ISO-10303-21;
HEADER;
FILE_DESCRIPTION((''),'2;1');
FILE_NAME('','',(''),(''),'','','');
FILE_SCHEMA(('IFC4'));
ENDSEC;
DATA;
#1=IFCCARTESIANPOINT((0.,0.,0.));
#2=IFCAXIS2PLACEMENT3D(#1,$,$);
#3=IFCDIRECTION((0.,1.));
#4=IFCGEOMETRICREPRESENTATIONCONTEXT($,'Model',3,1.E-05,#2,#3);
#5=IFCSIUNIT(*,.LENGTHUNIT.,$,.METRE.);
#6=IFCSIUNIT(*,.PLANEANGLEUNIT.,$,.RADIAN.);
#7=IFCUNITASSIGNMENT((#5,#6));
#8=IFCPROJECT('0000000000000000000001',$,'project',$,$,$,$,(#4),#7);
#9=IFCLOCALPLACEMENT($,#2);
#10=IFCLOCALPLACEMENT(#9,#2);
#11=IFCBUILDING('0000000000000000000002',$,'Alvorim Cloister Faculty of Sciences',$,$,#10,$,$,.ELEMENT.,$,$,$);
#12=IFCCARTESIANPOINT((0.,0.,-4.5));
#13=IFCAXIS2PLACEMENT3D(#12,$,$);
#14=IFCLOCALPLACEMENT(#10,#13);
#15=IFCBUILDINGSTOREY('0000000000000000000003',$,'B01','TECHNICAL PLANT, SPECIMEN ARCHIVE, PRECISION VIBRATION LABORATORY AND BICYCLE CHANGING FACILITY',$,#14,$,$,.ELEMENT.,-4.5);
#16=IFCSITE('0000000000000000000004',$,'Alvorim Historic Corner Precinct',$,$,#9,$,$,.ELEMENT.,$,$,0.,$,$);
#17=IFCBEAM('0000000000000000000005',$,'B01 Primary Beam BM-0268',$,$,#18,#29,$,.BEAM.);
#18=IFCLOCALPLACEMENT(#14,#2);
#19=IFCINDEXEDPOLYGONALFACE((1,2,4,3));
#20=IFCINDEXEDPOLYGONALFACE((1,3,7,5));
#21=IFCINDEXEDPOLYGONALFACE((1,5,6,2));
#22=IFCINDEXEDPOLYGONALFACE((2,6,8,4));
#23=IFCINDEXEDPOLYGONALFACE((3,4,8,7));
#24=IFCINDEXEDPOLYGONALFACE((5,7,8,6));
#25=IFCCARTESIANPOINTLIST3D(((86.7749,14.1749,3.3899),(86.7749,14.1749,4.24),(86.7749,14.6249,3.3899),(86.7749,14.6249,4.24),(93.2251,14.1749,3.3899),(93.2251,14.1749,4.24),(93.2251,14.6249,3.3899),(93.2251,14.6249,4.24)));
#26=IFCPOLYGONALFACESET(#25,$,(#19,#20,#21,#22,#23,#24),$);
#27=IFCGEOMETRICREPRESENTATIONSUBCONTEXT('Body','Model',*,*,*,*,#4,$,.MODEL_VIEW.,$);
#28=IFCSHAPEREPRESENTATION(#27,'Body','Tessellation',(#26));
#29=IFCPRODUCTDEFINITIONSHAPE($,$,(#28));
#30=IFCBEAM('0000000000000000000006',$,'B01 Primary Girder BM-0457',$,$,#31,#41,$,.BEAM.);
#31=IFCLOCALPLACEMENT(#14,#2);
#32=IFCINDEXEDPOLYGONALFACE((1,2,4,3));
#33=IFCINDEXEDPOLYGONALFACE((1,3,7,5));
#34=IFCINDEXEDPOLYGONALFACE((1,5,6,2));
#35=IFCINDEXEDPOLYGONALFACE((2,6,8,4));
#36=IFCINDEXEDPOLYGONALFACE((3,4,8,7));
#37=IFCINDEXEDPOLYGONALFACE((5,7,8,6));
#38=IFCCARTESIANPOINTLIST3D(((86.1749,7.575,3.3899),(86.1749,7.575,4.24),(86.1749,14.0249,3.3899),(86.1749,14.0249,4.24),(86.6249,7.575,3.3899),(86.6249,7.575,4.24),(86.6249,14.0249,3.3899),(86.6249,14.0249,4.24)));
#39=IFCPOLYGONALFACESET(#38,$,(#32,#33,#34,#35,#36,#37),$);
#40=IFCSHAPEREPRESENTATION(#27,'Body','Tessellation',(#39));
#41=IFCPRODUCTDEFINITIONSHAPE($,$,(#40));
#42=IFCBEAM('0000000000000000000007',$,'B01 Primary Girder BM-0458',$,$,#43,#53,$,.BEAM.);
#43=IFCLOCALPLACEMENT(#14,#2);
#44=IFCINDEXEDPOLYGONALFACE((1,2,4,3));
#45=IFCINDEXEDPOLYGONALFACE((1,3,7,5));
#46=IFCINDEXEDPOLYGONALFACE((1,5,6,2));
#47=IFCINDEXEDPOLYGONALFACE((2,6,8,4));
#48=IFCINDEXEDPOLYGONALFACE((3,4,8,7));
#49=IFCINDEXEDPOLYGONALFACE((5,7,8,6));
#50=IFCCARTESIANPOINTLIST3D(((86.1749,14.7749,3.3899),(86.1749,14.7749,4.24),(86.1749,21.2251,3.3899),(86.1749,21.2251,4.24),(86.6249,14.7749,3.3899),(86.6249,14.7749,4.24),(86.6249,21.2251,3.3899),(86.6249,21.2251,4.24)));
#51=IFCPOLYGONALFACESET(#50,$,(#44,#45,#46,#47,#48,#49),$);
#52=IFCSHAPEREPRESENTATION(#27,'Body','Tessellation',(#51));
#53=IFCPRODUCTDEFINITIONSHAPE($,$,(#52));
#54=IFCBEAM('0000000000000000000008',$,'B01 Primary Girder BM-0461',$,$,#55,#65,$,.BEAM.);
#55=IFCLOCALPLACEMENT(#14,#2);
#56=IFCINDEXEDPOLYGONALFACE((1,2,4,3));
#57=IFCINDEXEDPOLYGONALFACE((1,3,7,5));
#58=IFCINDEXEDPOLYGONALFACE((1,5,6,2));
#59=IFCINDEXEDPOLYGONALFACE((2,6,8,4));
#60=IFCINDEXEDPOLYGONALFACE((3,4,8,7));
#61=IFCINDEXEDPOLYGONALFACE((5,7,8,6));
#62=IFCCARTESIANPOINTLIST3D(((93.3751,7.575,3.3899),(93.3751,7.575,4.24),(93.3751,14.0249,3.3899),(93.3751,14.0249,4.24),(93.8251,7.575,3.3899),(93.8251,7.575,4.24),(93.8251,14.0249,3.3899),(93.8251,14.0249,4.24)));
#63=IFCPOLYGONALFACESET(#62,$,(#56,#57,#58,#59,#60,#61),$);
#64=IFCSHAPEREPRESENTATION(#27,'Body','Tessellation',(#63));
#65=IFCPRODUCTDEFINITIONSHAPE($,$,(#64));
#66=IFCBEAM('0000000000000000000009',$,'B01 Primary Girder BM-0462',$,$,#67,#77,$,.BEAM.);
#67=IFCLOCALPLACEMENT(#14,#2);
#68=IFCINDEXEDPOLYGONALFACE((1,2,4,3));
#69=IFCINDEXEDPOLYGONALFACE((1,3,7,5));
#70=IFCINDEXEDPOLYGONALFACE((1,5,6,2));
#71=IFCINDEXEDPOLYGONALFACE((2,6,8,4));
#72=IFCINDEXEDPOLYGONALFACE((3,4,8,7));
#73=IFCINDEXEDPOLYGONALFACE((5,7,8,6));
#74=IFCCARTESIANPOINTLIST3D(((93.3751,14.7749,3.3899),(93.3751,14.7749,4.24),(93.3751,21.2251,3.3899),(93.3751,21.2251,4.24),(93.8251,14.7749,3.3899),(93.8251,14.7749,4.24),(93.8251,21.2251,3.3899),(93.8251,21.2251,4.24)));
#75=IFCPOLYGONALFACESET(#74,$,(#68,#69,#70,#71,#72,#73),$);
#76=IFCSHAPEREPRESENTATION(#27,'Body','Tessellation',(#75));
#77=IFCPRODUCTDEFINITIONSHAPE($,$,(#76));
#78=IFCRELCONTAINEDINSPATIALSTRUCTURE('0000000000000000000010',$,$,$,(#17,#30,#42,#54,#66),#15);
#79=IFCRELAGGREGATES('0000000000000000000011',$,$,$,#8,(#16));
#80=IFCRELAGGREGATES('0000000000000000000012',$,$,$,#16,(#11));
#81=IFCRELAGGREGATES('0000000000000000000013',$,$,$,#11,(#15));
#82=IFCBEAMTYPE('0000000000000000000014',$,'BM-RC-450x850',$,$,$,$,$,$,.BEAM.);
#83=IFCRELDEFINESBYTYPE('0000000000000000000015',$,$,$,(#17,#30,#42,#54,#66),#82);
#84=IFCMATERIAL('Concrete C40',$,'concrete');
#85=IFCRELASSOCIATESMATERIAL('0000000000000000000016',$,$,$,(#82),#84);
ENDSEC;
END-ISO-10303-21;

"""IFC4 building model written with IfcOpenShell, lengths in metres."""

from ifc_helpers import new_model, si_unit, direction, frame, origin, origin_2d, place, context, subcontext, project, spatial, rectangle, extrude, material, material_profile, profile_set, type_object, element, save


model = new_model("IFC4")

# Units and contexts
model_context = context("Model", 3, precision=1e-05, world=origin(), true_north=direction((0.0, 1.0)))
body_context = subcontext(model_context, "Body", "Model", "MODEL_VIEW")
ifc_project = project(units=[si_unit("LENGTHUNIT", "METRE"), si_unit("PLANEANGLEUNIT", "RADIAN")], contexts=[model_context])

# Site, building, storey
site_placement = place(None, origin())
site = spatial("IfcSite", under=ifc_project, at=site_placement, Name="Alvorim Historic Corner Precinct", CompositionType="ELEMENT", RefElevation=0.0)
building_placement = place(site_placement, origin())
building = spatial("IfcBuilding", under=site, at=building_placement, Name="Alvorim Cloister Faculty of Sciences", CompositionType="ELEMENT")
storey_placement = place(building_placement, frame((0.0, 0.0, -4.5)))
storey = spatial("IfcBuildingStorey", under=building, at=storey_placement, Name="B01", Description="TECHNICAL PLANT, SPECIMEN ARCHIVE, PRECISION VIBRATION LABORATORY AND BICYCLE CHANGING FACILITY", CompositionType="ELEMENT", Elevation=-4.5)

# Shared definitions
ifc_material_1 = material(Name="Concrete C40", Category="concrete")

# Beams
ifc_material_profile_1 = material_profile(ifc_material_1, rectangle(XDim=0.45, YDim=0.8501, at=origin_2d()), Name="RC40-BM-450x850")
ifc_profile_set_1 = profile_set([ifc_material_profile_1], Name="Concrete C40")
beam_type_1 = type_object("IfcBeamType", Name="BM-RC-450x850", PredefinedType="BEAM", material=ifc_profile_set_1)
beam_1_placement = place(storey_placement, frame((86.7749, 14.3999, 3.8149), z_axis=(1.0, 0.0, 0.0), x_axis=(0.0, 1.0, 0.0)))
element("IfcBeam", 1, at=beam_1_placement, inside=storey, type_object=beam_type_1, Name="B01 Primary Beam BM-0268", PredefinedType="BEAM", context=body_context, shape_type="SweptSolid", body=[
    extrude(rectangle(XDim=0.45, YDim=0.8501, at=origin_2d()), origin(), (0.0, 0.0, 1.0), 6.4502),
])
beam_2_placement = place(storey_placement, frame((86.3999, 7.575, 3.8149), z_axis=(0.0, 1.0, 0.0), x_axis=(-1.0, 0.0, 0.0)))
element("IfcBeam", 2, at=beam_2_placement, inside=storey, type_object=beam_type_1, Name="B01 Primary Girder BM-0457", PredefinedType="BEAM", context=body_context, shape_type="SweptSolid", body=[
    extrude(rectangle(XDim=0.45, YDim=0.8501, at=origin_2d()), origin(), (0.0, 0.0, 1.0), 6.45),
])
beam_3_placement = place(storey_placement, frame((86.3999, 14.7749, 3.8149), z_axis=(0.0, 1.0, 0.0), x_axis=(-1.0, 0.0, 0.0)))
element("IfcBeam", 3, at=beam_3_placement, inside=storey, type_object=beam_type_1, Name="B01 Primary Girder BM-0458", PredefinedType="BEAM", context=body_context, shape_type="SweptSolid", body=[
    extrude(rectangle(XDim=0.45, YDim=0.8501, at=origin_2d()), origin(), (0.0, 0.0, 1.0), 6.4502),
])
beam_4_placement = place(storey_placement, frame((93.6001, 7.575, 3.8149), z_axis=(0.0, 1.0, 0.0), x_axis=(-1.0, 0.0, 0.0)))
element("IfcBeam", 4, at=beam_4_placement, inside=storey, type_object=beam_type_1, Name="B01 Primary Girder BM-0461", PredefinedType="BEAM", context=body_context, shape_type="SweptSolid", body=[
    extrude(rectangle(XDim=0.45, YDim=0.8501, at=origin_2d()), origin(), (0.0, 0.0, 1.0), 6.45),
])
beam_5_placement = place(storey_placement, frame((93.6001, 14.7749, 3.8149), z_axis=(0.0, 1.0, 0.0), x_axis=(-1.0, 0.0, 0.0)))
element("IfcBeam", 5, at=beam_5_placement, inside=storey, type_object=beam_type_1, Name="B01 Primary Girder BM-0462", PredefinedType="BEAM", context=body_context, shape_type="SweptSolid", body=[
    extrude(rectangle(XDim=0.45, YDim=0.8501, at=origin_2d()), origin(), (0.0, 0.0, 1.0), 6.4502),
])

save(model, "model.ifc")
